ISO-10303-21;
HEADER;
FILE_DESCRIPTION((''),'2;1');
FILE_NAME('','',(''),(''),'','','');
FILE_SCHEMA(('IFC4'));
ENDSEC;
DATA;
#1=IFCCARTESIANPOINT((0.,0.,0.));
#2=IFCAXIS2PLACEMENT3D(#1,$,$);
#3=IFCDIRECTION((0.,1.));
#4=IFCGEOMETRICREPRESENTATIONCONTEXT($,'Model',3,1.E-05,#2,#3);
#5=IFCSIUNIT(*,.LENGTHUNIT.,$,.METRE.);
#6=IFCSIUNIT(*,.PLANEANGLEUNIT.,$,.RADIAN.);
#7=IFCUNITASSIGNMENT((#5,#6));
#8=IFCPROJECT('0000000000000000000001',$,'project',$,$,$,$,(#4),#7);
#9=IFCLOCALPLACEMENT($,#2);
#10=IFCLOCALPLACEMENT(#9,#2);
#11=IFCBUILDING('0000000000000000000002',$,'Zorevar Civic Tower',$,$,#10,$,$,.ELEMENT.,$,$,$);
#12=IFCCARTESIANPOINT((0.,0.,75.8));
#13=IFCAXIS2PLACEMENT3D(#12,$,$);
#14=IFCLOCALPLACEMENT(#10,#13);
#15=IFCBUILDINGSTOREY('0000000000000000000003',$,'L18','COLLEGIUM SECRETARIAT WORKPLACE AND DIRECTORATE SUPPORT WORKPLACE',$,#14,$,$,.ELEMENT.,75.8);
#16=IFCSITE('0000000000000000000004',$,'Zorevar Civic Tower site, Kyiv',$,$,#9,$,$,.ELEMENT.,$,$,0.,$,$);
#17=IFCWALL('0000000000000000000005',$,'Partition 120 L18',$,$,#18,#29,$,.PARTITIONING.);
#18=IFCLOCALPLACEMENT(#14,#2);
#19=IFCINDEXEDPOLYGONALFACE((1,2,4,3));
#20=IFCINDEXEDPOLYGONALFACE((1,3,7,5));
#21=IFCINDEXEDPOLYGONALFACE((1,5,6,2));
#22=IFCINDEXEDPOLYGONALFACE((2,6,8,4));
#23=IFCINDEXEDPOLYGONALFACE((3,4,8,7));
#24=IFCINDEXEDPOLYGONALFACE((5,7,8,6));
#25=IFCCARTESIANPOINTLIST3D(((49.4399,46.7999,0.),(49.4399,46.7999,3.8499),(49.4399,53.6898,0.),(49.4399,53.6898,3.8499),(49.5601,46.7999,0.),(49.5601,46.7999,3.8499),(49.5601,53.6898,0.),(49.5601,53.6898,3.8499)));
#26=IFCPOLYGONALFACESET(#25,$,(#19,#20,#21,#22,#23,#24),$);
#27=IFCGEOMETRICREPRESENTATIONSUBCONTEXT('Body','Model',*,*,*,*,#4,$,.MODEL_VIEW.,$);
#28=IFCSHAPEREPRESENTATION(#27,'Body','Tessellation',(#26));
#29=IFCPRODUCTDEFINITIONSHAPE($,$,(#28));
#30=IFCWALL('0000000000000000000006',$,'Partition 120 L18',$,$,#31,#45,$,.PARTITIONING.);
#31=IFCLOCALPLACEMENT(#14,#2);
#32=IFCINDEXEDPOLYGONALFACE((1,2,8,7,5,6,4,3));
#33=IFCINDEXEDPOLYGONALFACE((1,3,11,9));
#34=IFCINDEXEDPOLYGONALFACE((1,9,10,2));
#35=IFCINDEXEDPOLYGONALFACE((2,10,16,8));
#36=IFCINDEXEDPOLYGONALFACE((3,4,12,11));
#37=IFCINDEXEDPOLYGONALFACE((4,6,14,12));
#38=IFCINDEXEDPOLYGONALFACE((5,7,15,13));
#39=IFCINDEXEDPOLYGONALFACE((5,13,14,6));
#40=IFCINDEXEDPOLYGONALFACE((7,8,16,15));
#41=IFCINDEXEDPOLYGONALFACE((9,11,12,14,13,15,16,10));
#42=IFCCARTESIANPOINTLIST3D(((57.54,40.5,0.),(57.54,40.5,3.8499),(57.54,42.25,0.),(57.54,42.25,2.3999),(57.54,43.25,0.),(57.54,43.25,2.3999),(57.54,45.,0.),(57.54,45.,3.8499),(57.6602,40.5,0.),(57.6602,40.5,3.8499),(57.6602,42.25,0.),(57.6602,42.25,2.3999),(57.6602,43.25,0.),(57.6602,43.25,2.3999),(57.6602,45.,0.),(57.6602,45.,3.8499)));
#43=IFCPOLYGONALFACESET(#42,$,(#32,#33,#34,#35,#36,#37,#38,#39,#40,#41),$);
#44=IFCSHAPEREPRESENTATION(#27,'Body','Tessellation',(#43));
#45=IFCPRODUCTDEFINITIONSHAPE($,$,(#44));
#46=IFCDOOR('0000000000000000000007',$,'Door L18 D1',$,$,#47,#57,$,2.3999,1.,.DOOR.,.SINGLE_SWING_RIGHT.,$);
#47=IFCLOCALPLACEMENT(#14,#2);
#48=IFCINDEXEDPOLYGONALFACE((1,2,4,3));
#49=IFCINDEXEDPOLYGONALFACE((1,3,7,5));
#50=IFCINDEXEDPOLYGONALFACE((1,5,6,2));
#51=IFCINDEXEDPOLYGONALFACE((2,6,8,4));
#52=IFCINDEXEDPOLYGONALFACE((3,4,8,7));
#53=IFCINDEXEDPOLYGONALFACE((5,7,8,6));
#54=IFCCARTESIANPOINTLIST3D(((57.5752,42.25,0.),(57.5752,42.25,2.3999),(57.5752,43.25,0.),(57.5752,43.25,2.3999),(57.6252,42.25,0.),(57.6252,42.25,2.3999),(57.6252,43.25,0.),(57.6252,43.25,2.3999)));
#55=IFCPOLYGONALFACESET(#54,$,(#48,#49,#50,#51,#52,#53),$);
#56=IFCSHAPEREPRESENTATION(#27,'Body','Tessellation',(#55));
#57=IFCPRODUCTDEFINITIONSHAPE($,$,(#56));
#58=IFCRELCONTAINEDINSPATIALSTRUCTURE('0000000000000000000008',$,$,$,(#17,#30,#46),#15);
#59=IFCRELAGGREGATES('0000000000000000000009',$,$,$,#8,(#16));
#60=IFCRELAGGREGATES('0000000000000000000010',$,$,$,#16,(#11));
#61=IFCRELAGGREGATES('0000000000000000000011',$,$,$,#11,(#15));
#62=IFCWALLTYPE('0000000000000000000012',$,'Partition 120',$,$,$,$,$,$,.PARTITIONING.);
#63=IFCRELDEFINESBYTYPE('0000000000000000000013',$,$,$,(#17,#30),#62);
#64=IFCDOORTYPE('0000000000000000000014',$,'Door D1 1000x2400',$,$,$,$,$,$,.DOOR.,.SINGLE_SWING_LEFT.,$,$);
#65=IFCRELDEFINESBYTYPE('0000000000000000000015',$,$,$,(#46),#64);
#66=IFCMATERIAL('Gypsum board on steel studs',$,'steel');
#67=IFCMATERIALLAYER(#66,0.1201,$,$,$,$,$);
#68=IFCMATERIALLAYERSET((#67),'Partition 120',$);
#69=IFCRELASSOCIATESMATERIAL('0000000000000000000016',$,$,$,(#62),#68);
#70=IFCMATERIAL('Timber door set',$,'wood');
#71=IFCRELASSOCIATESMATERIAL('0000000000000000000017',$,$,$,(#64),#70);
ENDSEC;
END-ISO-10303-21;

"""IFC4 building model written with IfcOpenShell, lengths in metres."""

from ifc_helpers import new_model, si_unit, direction, frame, frame_2d, origin, place, context, subcontext, project, spatial, rectangle, extrude, material, layer, layer_set, type_object, element, fill, save


model = new_model("IFC4")

# Units and contexts
model_context = context("Model", 3, precision=1e-05, world=origin(), true_north=direction((0.0, 1.0)))
body_context = subcontext(model_context, "Body", "Model", "MODEL_VIEW")
ifc_project = project(units=[si_unit("LENGTHUNIT", "METRE"), si_unit("PLANEANGLEUNIT", "RADIAN")], contexts=[model_context])

# Site, building, storey
site_placement = place(None, origin())
site = spatial("IfcSite", under=ifc_project, at=site_placement, Name="Zorevar Civic Tower site, Kyiv", CompositionType="ELEMENT", RefElevation=0.0)
building_placement = place(site_placement, origin())
building = spatial("IfcBuilding", under=site, at=building_placement, Name="Zorevar Civic Tower", CompositionType="ELEMENT")
storey_placement = place(building_placement, frame((0.0, 0.0, 75.8)))
storey = spatial("IfcBuildingStorey", under=building, at=storey_placement, Name="L18", Description="COLLEGIUM SECRETARIAT WORKPLACE AND DIRECTORATE SUPPORT WORKPLACE", CompositionType="ELEMENT", Elevation=75.8)

# Wall
ifc_material_1 = material(Name="Gypsum board on steel studs", Category="steel")
ifc_layer_1 = layer(ifc_material_1, 0.1201)
ifc_layer_set_1 = layer_set([ifc_layer_1], Name="Partition 120")
wall_type = type_object("IfcWallType", Name="Partition 120", PredefinedType="PARTITIONING", material=ifc_layer_set_1)
wall_1_placement = place(storey_placement, frame((49.5, 46.8, 0.0), z_axis=(0.0, 0.0, 1.0), x_axis=(0.0, 1.0, 0.0)))
element("IfcWall", 1, at=wall_1_placement, inside=storey, type_object=wall_type, Name="Partition 120 L18", PredefinedType="PARTITIONING", context=body_context, shape_type="SweptSolid", body=[
    extrude(rectangle(XDim=6.8899, YDim=0.1201, at=frame_2d((3.4448, 0.0))), origin(), (0.0, 0.0, 1.0), 3.8499),
])

# Wall, opening, door
wall_2_placement = place(storey_placement, frame((57.6001, 40.5, 0.0), z_axis=(0.0, 0.0, 1.0), x_axis=(0.0, 1.0, 0.0)))
wall_2 = element("IfcWall", 2, at=wall_2_placement, inside=storey, type_object=wall_type, Name="Partition 120 L18", PredefinedType="PARTITIONING", context=body_context, shape_type="SweptSolid", body=[
    extrude(rectangle(XDim=4.5, YDim=0.1201, at=frame_2d((2.25, 0.0))), origin(), (0.0, 0.0, 1.0), 3.8499),
])
opening_placement = place(wall_2_placement, frame((1.75, 0.0, 0.0)))
opening = element("IfcOpeningElement", 3, at=opening_placement, cuts=wall_2, PredefinedType="OPENING", context=body_context, shape_type="SweptSolid", body=[
    extrude(rectangle(XDim=1.0, YDim=2.3999, at=frame_2d((0.5, 1.2))), frame((0.0, 0.0701, 0.0), z_axis=(0.0, -1.0, 0.0), x_axis=(1.0, 0.0, 0.0)), (0.0, 0.0, 1.0), 0.1401),
])
ifc_material_2 = material(Name="Timber door set", Category="wood")
door_type = type_object("IfcDoorType", Name="Door D1 1000x2400", OperationType="SINGLE_SWING_LEFT", PredefinedType="DOOR", material=ifc_material_2)
door_placement = place(opening_placement, origin())
door = element("IfcDoor", 4, at=door_placement, inside=storey, type_object=door_type, Name="Door L18 D1", OperationType="SINGLE_SWING_RIGHT", OverallHeight=2.3999, OverallWidth=1.0, PredefinedType="DOOR", context=body_context, shape_type="SweptSolid", body=[
    extrude(rectangle(XDim=1.0, YDim=2.3999, at=frame_2d((0.5, 1.2))), frame((0.0, 0.0249, 0.0), z_axis=(0.0, -1.0, 0.0), x_axis=(1.0, 0.0, 0.0)), (0.0, 0.0, 1.0), 0.05),
])
fill(opening, door)

save(model, "model.ifc")
